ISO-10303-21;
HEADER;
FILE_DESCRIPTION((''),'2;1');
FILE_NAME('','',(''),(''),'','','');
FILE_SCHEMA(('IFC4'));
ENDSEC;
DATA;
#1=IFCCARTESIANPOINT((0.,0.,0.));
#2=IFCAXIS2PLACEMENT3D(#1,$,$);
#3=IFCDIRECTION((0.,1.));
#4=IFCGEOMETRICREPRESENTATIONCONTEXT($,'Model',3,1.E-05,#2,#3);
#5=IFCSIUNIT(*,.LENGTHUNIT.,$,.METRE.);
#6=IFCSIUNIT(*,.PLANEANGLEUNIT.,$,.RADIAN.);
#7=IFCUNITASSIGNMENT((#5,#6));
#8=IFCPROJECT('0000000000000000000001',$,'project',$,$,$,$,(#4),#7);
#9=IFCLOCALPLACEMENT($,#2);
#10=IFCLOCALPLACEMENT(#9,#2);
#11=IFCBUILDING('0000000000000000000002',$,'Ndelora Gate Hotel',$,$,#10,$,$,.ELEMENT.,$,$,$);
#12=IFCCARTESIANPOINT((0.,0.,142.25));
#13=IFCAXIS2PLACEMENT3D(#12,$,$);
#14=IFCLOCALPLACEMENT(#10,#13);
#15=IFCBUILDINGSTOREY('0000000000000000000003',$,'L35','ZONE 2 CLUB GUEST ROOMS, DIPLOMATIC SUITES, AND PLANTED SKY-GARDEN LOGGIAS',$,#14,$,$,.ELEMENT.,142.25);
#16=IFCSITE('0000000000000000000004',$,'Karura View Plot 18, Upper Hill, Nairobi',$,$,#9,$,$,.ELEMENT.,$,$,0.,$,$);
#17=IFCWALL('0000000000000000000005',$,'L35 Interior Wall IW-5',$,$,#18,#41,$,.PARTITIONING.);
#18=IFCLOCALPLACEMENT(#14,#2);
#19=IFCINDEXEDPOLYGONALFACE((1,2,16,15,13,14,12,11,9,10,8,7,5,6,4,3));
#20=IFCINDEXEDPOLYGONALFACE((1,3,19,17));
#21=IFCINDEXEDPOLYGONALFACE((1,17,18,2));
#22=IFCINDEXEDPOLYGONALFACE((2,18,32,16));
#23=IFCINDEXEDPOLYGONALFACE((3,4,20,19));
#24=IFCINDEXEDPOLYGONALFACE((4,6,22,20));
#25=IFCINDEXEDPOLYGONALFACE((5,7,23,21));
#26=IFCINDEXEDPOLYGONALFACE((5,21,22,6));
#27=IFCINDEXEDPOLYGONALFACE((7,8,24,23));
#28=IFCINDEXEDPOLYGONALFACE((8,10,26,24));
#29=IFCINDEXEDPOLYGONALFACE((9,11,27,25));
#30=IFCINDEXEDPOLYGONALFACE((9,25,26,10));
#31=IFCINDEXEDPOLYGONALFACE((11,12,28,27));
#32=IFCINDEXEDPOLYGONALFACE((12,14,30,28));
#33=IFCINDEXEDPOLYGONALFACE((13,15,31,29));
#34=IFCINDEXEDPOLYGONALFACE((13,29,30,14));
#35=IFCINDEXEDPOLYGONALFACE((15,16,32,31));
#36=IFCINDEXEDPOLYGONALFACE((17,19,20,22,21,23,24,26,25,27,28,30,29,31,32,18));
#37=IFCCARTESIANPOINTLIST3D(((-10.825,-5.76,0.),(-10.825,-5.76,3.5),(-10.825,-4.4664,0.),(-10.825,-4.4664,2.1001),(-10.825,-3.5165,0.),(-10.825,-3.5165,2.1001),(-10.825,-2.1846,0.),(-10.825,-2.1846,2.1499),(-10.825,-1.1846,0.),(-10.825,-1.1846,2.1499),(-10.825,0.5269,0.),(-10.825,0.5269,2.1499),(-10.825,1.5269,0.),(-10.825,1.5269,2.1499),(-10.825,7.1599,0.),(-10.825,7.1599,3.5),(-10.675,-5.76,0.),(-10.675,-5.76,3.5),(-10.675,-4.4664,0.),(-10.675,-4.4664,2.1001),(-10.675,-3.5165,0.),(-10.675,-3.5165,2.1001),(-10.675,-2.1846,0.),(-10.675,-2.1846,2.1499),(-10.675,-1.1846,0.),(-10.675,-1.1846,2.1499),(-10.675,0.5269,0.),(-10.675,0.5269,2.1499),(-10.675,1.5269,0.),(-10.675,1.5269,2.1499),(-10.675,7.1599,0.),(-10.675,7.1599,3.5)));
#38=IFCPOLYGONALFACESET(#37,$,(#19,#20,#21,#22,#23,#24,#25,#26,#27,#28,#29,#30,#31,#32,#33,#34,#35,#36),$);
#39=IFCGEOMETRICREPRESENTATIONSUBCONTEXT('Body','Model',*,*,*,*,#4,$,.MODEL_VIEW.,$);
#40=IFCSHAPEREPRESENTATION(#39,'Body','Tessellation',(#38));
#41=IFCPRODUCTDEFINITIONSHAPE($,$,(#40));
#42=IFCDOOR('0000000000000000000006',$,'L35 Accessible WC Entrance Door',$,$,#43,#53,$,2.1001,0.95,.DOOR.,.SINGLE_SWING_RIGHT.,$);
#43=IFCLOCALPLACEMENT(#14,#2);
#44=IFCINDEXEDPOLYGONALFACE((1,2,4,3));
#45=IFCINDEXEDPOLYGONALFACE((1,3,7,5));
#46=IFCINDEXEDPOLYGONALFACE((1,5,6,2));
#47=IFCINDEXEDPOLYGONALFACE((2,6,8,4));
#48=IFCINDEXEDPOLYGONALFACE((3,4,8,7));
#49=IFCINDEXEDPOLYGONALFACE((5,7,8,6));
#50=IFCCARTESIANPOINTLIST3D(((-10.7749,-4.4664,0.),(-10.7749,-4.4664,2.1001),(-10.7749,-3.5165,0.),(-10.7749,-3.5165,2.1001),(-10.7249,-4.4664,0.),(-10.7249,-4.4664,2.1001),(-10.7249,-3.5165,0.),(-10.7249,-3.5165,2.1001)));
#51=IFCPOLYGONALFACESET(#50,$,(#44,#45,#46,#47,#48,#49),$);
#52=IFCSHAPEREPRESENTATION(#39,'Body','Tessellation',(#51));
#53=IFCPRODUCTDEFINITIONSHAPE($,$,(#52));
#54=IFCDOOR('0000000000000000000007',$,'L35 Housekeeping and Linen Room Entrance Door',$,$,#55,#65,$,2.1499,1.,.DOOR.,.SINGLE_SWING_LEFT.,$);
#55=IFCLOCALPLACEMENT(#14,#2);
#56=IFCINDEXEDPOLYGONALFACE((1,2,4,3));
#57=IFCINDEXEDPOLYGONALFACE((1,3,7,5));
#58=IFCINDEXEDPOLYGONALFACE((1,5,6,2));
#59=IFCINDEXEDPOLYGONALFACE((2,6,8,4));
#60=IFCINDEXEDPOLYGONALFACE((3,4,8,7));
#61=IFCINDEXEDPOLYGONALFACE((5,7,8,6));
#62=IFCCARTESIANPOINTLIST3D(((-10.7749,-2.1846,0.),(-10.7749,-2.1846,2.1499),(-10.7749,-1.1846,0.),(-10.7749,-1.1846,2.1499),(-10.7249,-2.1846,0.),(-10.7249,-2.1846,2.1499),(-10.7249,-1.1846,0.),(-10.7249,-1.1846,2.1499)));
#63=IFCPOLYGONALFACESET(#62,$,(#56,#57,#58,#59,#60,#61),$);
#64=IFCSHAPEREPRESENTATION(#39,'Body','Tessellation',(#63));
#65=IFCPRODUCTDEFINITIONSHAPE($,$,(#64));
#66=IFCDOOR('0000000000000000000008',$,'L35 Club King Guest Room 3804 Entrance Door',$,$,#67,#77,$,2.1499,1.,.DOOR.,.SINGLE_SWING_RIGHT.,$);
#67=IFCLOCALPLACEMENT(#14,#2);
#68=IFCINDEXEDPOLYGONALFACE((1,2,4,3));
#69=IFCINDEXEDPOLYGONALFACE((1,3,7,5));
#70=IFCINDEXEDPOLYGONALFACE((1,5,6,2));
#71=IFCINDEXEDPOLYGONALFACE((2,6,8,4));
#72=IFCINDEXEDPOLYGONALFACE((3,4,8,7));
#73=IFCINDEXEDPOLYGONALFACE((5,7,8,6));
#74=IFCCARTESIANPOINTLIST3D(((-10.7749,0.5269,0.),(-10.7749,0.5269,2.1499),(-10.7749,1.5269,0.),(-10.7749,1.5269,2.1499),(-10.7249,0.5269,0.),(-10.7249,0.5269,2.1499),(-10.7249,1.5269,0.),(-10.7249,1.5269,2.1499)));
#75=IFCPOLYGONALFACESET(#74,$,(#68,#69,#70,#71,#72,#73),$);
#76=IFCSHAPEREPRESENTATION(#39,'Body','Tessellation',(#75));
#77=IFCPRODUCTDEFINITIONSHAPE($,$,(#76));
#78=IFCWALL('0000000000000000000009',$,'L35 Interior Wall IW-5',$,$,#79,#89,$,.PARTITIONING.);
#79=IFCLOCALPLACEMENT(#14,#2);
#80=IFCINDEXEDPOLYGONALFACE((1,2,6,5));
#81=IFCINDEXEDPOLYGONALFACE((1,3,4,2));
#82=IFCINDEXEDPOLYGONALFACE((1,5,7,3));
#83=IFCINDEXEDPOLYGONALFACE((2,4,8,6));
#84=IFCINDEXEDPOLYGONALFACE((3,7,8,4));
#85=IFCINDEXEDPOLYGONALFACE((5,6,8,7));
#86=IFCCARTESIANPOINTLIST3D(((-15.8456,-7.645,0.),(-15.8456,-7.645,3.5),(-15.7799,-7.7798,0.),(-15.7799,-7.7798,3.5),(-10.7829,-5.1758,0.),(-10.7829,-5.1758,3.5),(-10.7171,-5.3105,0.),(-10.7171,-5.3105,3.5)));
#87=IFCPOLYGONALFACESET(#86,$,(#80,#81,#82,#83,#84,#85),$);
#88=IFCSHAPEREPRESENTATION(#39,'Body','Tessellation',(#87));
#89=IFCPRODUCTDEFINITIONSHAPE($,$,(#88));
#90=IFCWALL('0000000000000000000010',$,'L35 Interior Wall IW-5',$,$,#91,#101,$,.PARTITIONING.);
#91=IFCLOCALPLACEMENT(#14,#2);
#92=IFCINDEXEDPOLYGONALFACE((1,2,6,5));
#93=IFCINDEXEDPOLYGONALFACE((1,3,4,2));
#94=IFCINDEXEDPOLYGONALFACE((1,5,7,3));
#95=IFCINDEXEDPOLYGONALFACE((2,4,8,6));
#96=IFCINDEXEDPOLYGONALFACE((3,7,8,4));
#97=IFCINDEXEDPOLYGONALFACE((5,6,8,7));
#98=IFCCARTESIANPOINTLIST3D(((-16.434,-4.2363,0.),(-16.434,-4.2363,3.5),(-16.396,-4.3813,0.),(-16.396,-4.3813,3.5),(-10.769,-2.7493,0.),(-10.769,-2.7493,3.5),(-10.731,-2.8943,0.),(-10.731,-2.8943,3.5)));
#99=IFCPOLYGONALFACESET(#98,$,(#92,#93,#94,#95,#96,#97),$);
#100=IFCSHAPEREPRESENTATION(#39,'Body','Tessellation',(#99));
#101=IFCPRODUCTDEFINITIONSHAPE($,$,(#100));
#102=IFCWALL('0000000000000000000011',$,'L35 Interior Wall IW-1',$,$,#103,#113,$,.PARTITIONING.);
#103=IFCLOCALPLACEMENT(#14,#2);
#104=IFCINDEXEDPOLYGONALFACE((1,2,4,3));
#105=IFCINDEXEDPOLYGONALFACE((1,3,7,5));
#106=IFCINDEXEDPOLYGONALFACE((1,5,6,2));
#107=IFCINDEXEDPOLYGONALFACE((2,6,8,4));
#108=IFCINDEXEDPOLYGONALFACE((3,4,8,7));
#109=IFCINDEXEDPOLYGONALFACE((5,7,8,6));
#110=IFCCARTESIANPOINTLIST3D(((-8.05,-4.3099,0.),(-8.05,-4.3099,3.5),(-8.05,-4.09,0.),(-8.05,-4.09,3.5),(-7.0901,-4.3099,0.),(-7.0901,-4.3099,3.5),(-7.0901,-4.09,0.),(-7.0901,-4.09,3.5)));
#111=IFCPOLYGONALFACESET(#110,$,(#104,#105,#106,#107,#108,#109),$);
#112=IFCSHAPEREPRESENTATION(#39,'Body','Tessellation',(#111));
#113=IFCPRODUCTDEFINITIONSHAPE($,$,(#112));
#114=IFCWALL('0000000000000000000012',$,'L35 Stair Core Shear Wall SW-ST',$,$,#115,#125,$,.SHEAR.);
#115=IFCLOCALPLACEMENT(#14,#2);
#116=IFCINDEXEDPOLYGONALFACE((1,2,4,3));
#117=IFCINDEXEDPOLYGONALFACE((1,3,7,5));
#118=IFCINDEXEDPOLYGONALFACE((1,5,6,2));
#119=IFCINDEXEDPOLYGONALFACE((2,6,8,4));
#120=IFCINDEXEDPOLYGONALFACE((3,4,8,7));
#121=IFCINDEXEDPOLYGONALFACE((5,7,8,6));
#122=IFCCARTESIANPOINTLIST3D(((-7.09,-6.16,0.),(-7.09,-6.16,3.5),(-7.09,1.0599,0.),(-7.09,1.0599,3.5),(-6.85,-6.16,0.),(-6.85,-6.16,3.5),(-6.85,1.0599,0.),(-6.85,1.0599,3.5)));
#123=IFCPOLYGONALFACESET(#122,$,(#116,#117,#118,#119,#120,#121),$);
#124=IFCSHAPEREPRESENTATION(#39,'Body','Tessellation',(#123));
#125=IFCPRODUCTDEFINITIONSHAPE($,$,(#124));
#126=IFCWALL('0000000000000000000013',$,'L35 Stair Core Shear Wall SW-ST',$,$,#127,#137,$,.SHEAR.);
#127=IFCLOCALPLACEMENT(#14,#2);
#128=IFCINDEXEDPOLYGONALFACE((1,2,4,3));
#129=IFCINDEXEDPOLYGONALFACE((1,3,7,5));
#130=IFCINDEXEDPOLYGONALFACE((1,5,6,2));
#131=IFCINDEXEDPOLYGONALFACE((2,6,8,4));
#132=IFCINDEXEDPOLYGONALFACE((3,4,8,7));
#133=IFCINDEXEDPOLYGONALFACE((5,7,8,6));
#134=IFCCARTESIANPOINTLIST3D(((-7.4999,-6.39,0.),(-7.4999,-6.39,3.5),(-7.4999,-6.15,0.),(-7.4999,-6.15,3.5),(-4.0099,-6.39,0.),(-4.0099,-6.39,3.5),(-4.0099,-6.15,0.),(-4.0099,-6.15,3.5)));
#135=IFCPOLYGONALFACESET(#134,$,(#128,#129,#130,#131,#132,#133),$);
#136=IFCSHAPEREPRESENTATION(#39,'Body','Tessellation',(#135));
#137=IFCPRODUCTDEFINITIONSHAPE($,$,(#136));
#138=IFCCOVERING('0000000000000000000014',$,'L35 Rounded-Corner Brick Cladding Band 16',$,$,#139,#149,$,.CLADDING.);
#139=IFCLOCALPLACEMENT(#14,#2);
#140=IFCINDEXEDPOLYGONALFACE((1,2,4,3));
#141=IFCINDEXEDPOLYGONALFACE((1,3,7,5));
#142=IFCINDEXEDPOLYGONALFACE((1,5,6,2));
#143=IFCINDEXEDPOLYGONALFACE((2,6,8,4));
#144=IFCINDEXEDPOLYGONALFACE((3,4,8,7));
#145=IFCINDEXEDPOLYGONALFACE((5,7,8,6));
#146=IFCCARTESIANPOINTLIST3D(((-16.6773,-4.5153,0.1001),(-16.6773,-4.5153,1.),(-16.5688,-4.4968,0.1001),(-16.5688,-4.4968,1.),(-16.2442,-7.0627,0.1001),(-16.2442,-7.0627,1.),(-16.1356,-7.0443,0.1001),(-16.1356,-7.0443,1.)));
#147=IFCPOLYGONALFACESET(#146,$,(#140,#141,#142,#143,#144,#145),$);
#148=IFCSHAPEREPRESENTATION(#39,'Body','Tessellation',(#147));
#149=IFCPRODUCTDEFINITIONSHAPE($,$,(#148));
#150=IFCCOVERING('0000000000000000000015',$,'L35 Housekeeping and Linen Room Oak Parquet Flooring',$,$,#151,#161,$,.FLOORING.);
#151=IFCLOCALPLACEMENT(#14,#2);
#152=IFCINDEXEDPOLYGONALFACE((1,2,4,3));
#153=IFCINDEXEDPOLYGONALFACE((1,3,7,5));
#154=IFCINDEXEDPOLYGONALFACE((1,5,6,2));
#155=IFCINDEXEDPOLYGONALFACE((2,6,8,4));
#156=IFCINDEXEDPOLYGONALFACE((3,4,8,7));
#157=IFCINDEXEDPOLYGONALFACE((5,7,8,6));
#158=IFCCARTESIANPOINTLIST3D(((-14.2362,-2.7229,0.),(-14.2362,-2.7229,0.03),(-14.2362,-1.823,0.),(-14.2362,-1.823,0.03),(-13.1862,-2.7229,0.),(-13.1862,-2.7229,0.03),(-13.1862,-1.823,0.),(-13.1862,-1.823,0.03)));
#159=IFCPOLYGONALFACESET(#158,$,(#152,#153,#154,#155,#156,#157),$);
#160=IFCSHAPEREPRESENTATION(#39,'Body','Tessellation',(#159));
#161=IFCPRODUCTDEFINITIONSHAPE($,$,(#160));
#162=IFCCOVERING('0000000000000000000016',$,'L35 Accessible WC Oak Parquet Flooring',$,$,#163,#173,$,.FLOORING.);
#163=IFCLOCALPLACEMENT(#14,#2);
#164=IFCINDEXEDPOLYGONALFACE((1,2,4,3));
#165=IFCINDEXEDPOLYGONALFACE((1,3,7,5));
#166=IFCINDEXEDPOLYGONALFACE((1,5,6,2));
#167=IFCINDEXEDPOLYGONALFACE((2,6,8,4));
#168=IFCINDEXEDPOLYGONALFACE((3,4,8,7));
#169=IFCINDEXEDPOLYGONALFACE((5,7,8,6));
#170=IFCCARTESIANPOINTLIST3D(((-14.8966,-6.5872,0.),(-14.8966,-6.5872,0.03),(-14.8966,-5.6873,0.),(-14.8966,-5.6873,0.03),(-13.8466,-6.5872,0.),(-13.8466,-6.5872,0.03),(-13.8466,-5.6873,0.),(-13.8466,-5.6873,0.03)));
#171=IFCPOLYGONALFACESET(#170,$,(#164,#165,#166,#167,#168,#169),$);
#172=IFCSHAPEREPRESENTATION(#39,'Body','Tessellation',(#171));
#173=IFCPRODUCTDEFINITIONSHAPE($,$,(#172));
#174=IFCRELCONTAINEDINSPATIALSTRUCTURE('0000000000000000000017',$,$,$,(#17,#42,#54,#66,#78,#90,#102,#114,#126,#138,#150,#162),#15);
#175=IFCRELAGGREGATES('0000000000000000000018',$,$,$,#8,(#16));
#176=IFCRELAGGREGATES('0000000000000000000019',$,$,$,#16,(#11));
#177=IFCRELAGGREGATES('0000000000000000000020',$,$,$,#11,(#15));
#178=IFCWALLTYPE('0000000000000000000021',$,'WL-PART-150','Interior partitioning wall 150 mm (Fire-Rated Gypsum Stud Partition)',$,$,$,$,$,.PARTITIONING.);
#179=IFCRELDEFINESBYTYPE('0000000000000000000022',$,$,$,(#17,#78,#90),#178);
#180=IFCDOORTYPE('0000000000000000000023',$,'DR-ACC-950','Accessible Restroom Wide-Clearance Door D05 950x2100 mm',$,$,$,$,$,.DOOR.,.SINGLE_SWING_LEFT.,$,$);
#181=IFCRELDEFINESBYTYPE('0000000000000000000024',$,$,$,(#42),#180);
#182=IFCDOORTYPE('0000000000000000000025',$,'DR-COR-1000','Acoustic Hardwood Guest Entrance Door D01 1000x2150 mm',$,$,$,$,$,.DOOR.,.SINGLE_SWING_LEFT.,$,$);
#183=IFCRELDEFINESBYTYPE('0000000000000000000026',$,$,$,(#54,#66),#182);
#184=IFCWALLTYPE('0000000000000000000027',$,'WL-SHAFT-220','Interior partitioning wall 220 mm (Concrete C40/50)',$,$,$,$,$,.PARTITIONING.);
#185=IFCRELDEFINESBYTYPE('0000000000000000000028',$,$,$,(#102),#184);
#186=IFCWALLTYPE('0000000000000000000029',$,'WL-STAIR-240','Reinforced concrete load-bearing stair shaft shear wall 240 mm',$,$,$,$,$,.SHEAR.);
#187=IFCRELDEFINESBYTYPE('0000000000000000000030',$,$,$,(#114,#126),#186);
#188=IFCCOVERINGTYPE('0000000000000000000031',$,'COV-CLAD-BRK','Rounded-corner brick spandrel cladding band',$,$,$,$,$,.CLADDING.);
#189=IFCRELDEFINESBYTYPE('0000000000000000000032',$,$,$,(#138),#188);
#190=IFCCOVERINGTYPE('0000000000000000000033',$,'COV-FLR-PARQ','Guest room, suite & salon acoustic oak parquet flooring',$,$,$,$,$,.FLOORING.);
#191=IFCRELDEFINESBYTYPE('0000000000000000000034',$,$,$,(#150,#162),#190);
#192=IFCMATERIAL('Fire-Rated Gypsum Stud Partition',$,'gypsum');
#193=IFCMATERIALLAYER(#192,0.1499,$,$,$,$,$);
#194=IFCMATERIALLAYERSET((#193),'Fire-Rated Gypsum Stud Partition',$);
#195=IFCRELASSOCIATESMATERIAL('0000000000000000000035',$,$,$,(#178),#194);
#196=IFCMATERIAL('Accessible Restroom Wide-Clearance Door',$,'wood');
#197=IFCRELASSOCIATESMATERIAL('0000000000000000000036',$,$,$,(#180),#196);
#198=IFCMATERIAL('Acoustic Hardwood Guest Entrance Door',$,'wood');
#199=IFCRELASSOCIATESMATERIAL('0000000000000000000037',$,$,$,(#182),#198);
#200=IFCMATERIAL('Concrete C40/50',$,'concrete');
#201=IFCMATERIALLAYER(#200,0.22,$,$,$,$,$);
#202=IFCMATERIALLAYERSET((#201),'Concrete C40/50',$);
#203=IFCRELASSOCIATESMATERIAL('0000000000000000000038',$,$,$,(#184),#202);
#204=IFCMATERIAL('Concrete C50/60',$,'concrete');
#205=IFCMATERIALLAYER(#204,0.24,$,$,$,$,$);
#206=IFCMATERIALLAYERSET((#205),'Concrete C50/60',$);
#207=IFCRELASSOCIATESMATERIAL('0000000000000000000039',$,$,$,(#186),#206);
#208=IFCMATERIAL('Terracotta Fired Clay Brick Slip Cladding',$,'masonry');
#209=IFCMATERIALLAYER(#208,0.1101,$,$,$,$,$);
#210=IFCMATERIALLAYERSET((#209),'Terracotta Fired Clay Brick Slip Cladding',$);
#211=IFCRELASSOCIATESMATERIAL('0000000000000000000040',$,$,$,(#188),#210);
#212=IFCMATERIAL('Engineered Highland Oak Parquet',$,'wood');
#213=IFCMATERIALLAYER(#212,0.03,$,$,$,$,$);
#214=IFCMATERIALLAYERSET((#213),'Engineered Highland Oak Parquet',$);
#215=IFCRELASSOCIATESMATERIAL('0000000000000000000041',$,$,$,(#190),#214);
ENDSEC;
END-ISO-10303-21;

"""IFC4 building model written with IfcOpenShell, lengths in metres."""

from ifc_helpers import new_model, si_unit, direction, frame, frame_2d, origin, origin_2d, place, context, subcontext, project, spatial, rectangle, extrude, material, layer, layer_set, type_object, element, fill, save


model = new_model("IFC4")

# Units and contexts
model_context = context("Model", 3, precision=1e-05, world=origin(), true_north=direction((0.0, 1.0)))
body_context = subcontext(model_context, "Body", "Model", "MODEL_VIEW")
ifc_project = project(units=[si_unit("LENGTHUNIT", "METRE"), si_unit("PLANEANGLEUNIT", "RADIAN")], contexts=[model_context])

# Site, building, storey
site_placement = place(None, origin())
site = spatial("IfcSite", under=ifc_project, at=site_placement, Name="Karura View Plot 18, Upper Hill, Nairobi", CompositionType="ELEMENT", RefElevation=0.0)
building_placement = place(site_placement, origin())
building = spatial("IfcBuilding", under=site, at=building_placement, Name="Ndelora Gate Hotel", CompositionType="ELEMENT")
storey_placement = place(building_placement, frame((0.0, 0.0, 142.25)))
storey = spatial("IfcBuildingStorey", under=building, at=storey_placement, Name="L35", Description="ZONE 2 CLUB GUEST ROOMS, DIPLOMATIC SUITES, AND PLANTED SKY-GARDEN LOGGIAS", CompositionType="ELEMENT", Elevation=142.25)

# Shared definitions
ifc_material_1 = material(Name="Fire-Rated Gypsum Stud Partition", Category="gypsum")
ifc_layer_1 = layer(ifc_material_1, 0.1499)
ifc_layer_set_1 = layer_set([ifc_layer_1], Name="Fire-Rated Gypsum Stud Partition")
wall_type_1 = type_object("IfcWallType", Name="WL-PART-150", Description="Interior partitioning wall 150 mm (Fire-Rated Gypsum Stud Partition)", PredefinedType="PARTITIONING", material=ifc_layer_set_1)

# Wall, openings, doors
wall_1_placement = place(storey_placement, frame((-10.75, -5.76, 0.0), z_axis=(0.0, 0.0, 1.0), x_axis=(0.0, 1.0, 0.0)))
wall_1 = element("IfcWall", 1, at=wall_1_placement, inside=storey, type_object=wall_type_1, Name="L35 Interior Wall IW-5", PredefinedType="PARTITIONING", context=body_context, shape_type="SweptSolid", body=[
    extrude(rectangle(XDim=12.9199, YDim=0.1499, at=frame_2d((6.46, 0.0))), origin(), (0.0, 0.0, 1.0), 3.5),
])
opening_1_placement = place(wall_1_placement, frame((1.2935, 0.0, 0.0)))
opening_1 = element("IfcOpeningElement", 2, at=opening_1_placement, cuts=wall_1, PredefinedType="OPENING", context=body_context, shape_type="SweptSolid", body=[
    extrude(rectangle(XDim=0.95, YDim=2.1001, at=frame_2d((0.4751, 1.05))), frame((0.0, 0.085, 0.0), z_axis=(0.0, -1.0, 0.0), x_axis=(1.0, 0.0, 0.0)), (0.0, 0.0, 1.0), 0.1699),
])
opening_2_placement = place(wall_1_placement, frame((3.5754, 0.0, 0.0)))
opening_2 = element("IfcOpeningElement", 3, at=opening_2_placement, cuts=wall_1, PredefinedType="OPENING", context=body_context, shape_type="SweptSolid", body=[
    extrude(rectangle(XDim=1.0, YDim=2.1499, at=frame_2d((0.5, 1.075))), frame((0.0, 0.085, 0.0), z_axis=(0.0, -1.0, 0.0), x_axis=(1.0, 0.0, 0.0)), (0.0, 0.0, 1.0), 0.1699),
])
opening_3_placement = place(wall_1_placement, frame((6.2869, 0.0, 0.0)))
opening_3 = element("IfcOpeningElement", 4, at=opening_3_placement, cuts=wall_1, PredefinedType="OPENING", context=body_context, shape_type="SweptSolid", body=[
    extrude(rectangle(XDim=1.0, YDim=2.1499, at=frame_2d((0.5, 1.075))), frame((0.0, 0.085, 0.0), z_axis=(0.0, -1.0, 0.0), x_axis=(1.0, 0.0, 0.0)), (0.0, 0.0, 1.0), 0.1699),
])
ifc_material_2 = material(Name="Accessible Restroom Wide-Clearance Door", Category="wood")
door_type_1 = type_object("IfcDoorType", Name="DR-ACC-950", Description="Accessible Restroom Wide-Clearance Door D05 950x2100 mm", OperationType="SINGLE_SWING_LEFT", PredefinedType="DOOR", material=ifc_material_2)
door_1_placement = place(opening_1_placement, origin())
door_1 = element("IfcDoor", 5, at=door_1_placement, inside=storey, type_object=door_type_1, Name="L35 Accessible WC Entrance Door", OperationType="SINGLE_SWING_RIGHT", OverallHeight=2.1001, OverallWidth=0.95, PredefinedType="DOOR", context=body_context, shape_type="SweptSolid", body=[
    extrude(rectangle(XDim=0.95, YDim=2.1001, at=frame_2d((0.4751, 1.05))), frame((0.0, 0.0249, 0.0), z_axis=(0.0, -1.0, 0.0), x_axis=(1.0, 0.0, 0.0)), (0.0, 0.0, 1.0), 0.05),
])
fill(opening_1, door_1)
ifc_material_3 = material(Name="Acoustic Hardwood Guest Entrance Door", Category="wood")
door_type_2 = type_object("IfcDoorType", Name="DR-COR-1000", Description="Acoustic Hardwood Guest Entrance Door D01 1000x2150 mm", OperationType="SINGLE_SWING_LEFT", PredefinedType="DOOR", material=ifc_material_3)
door_2_placement = place(opening_2_placement, origin())
door_2 = element("IfcDoor", 6, at=door_2_placement, inside=storey, type_object=door_type_2, Name="L35 Housekeeping and Linen Room Entrance Door", OperationType="SINGLE_SWING_LEFT", OverallHeight=2.1499, OverallWidth=1.0, PredefinedType="DOOR", context=body_context, shape_type="SweptSolid", body=[
    extrude(rectangle(XDim=1.0, YDim=2.1499, at=frame_2d((0.5, 1.075))), frame((0.0, 0.0249, 0.0), z_axis=(0.0, -1.0, 0.0), x_axis=(1.0, 0.0, 0.0)), (0.0, 0.0, 1.0), 0.05),
])
fill(opening_2, door_2)
door_3_placement = place(opening_3_placement, origin())
door_3 = element("IfcDoor", 7, at=door_3_placement, inside=storey, type_object=door_type_2, Name="L35 Club King Guest Room 3804 Entrance Door", OperationType="SINGLE_SWING_RIGHT", OverallHeight=2.1499, OverallWidth=1.0, PredefinedType="DOOR", context=body_context, shape_type="SweptSolid", body=[
    extrude(rectangle(XDim=1.0, YDim=2.1499, at=frame_2d((0.5, 1.075))), frame((0.0, 0.0249, 0.0), z_axis=(0.0, -1.0, 0.0), x_axis=(1.0, 0.0, 0.0)), (0.0, 0.0, 1.0), 0.05),
])
fill(opening_3, door_3)

# Walls
wall_2_placement = place(storey_placement, frame((-10.75, -5.2432, 0.0), z_axis=(0.0, 0.0, 1.0), x_axis=(-0.898796, -0.438367, 0.0)))
element("IfcWall", 8, at=wall_2_placement, inside=storey, type_object=wall_type_1, Name="L35 Interior Wall IW-5", PredefinedType="PARTITIONING", context=body_context, shape_type="SweptSolid", body=[
    extrude(rectangle(XDim=5.6328, YDim=0.1499, at=frame_2d((2.8164, 0.0))), origin(), (0.0, 0.0, 1.0), 3.5),
])
wall_3_placement = place(storey_placement, frame((-10.75, -2.8218, 0.0), z_axis=(0.0, 0.0, 1.0), x_axis=(-0.967231, -0.253896, 0.0)))
element("IfcWall", 9, at=wall_3_placement, inside=storey, type_object=wall_type_1, Name="L35 Interior Wall IW-5", PredefinedType="PARTITIONING", context=body_context, shape_type="SweptSolid", body=[
    extrude(rectangle(XDim=5.8569, YDim=0.1499, at=frame_2d((2.9285, 0.0))), origin(), (0.0, 0.0, 1.0), 3.5),
])
ifc_material_4 = material(Name="Concrete C40/50", Category="concrete")
ifc_layer_2 = layer(ifc_material_4, 0.22)
ifc_layer_set_2 = layer_set([ifc_layer_2], Name="Concrete C40/50")
wall_type_2 = type_object("IfcWallType", Name="WL-SHAFT-220", Description="Interior partitioning wall 220 mm (Concrete C40/50)", PredefinedType="PARTITIONING", material=ifc_layer_set_2)
wall_4_placement = place(storey_placement, frame((-8.05, -4.2, 0.0), z_axis=(0.0, 0.0, 1.0), x_axis=(1.0, 0.0, 0.0)))
element("IfcWall", 10, at=wall_4_placement, inside=storey, type_object=wall_type_2, Name="L35 Interior Wall IW-1", PredefinedType="PARTITIONING", context=body_context, shape_type="SweptSolid", body=[
    extrude(rectangle(XDim=0.96, YDim=0.22, at=frame_2d((0.48, 0.0))), origin(), (0.0, 0.0, 1.0), 3.5),
])
ifc_material_5 = material(Name="Concrete C50/60", Category="concrete")
ifc_layer_3 = layer(ifc_material_5, 0.24)
ifc_layer_set_3 = layer_set([ifc_layer_3], Name="Concrete C50/60")
wall_type_3 = type_object("IfcWallType", Name="WL-STAIR-240", Description="Reinforced concrete load-bearing stair shaft shear wall 240 mm", PredefinedType="SHEAR", material=ifc_layer_set_3)
wall_5_placement = place(storey_placement, frame((-6.97, -6.1599, 0.0), z_axis=(0.0, 0.0, 1.0), x_axis=(0.0, 1.0, 0.0)))
element("IfcWall", 11, at=wall_5_placement, inside=storey, type_object=wall_type_3, Name="L35 Stair Core Shear Wall SW-ST", PredefinedType="SHEAR", context=body_context, shape_type="SweptSolid", body=[
    extrude(rectangle(XDim=7.22, YDim=0.24, at=frame_2d((3.6099, 0.0))), origin(), (0.0, 0.0, 1.0), 3.5),
])
wall_6_placement = place(storey_placement, frame((-7.5, -6.27, 0.0), z_axis=(0.0, 0.0, 1.0), x_axis=(1.0, 0.0, 0.0)))
element("IfcWall", 12, at=wall_6_placement, inside=storey, type_object=wall_type_3, Name="L35 Stair Core Shear Wall SW-ST", PredefinedType="SHEAR", context=body_context, shape_type="SweptSolid", body=[
    extrude(rectangle(XDim=3.49, YDim=0.24, at=frame_2d((1.7451, 0.0))), origin(), (0.0, 0.0, 1.0), 3.5),
])

# Coverings
ifc_material_6 = material(Name="Terracotta Fired Clay Brick Slip Cladding", Category="masonry")
ifc_layer_4 = layer(ifc_material_6, 0.1101)
ifc_layer_set_4 = layer_set([ifc_layer_4], Name="Terracotta Fired Clay Brick Slip Cladding")
covering_type_1 = type_object("IfcCoveringType", Name="COV-CLAD-BRK", Description="Rounded-corner brick spandrel cladding band", PredefinedType="CLADDING", material=ifc_layer_set_4)
covering_placement = place(storey_placement, frame((-16.4065, -5.7798, 0.1001), z_axis=(0.0, 0.0, 1.0), x_axis=(-0.167629, 0.98585, 0.0)))
element("IfcCovering", 13, at=covering_placement, inside=storey, type_object=covering_type_1, Name="L35 Rounded-Corner Brick Cladding Band 16", PredefinedType="CLADDING", context=body_context, shape_type="SweptSolid", body=[
    extrude(rectangle(XDim=2.584, YDim=0.1101, at=origin_2d()), origin(), (0.0, 0.0, 1.0), 0.8999),
])
ifc_material_7 = material(Name="Engineered Highland Oak Parquet", Category="wood")
ifc_layer_5 = layer(ifc_material_7, 0.03)
ifc_layer_set_5 = layer_set([ifc_layer_5], Name="Engineered Highland Oak Parquet")
covering_type_2 = type_object("IfcCoveringType", Name="COV-FLR-PARQ", Description="Guest room, suite & salon acoustic oak parquet flooring", PredefinedType="FLOORING", material=ifc_layer_set_5)
for number, where, z_axis, x_axis, name in (
    (14, (-13.7112, -2.2729, 0.0), (0.0, 0.0, 1.0), (1.0, 0.0, 0.0), "L35 Housekeeping and Linen Room Oak Parquet Flooring"),
    (15, (-14.3716, -6.1372, 0.0), (0.0, 0.0, 1.0), (1.0, 0.0, 0.0), "L35 Accessible WC Oak Parquet Flooring"),
):
    element("IfcCovering", number, at=place(storey_placement, frame(where, z_axis=z_axis, x_axis=x_axis)), inside=storey, type_object=covering_type_2, Name=name, PredefinedType="FLOORING", context=body_context, shape_type="SweptSolid", body=[
        extrude(rectangle(XDim=1.05, YDim=0.8999, at=origin_2d()), origin(), (0.0, 0.0, 1.0), 0.03),
    ])

save(model, "model.ifc")
